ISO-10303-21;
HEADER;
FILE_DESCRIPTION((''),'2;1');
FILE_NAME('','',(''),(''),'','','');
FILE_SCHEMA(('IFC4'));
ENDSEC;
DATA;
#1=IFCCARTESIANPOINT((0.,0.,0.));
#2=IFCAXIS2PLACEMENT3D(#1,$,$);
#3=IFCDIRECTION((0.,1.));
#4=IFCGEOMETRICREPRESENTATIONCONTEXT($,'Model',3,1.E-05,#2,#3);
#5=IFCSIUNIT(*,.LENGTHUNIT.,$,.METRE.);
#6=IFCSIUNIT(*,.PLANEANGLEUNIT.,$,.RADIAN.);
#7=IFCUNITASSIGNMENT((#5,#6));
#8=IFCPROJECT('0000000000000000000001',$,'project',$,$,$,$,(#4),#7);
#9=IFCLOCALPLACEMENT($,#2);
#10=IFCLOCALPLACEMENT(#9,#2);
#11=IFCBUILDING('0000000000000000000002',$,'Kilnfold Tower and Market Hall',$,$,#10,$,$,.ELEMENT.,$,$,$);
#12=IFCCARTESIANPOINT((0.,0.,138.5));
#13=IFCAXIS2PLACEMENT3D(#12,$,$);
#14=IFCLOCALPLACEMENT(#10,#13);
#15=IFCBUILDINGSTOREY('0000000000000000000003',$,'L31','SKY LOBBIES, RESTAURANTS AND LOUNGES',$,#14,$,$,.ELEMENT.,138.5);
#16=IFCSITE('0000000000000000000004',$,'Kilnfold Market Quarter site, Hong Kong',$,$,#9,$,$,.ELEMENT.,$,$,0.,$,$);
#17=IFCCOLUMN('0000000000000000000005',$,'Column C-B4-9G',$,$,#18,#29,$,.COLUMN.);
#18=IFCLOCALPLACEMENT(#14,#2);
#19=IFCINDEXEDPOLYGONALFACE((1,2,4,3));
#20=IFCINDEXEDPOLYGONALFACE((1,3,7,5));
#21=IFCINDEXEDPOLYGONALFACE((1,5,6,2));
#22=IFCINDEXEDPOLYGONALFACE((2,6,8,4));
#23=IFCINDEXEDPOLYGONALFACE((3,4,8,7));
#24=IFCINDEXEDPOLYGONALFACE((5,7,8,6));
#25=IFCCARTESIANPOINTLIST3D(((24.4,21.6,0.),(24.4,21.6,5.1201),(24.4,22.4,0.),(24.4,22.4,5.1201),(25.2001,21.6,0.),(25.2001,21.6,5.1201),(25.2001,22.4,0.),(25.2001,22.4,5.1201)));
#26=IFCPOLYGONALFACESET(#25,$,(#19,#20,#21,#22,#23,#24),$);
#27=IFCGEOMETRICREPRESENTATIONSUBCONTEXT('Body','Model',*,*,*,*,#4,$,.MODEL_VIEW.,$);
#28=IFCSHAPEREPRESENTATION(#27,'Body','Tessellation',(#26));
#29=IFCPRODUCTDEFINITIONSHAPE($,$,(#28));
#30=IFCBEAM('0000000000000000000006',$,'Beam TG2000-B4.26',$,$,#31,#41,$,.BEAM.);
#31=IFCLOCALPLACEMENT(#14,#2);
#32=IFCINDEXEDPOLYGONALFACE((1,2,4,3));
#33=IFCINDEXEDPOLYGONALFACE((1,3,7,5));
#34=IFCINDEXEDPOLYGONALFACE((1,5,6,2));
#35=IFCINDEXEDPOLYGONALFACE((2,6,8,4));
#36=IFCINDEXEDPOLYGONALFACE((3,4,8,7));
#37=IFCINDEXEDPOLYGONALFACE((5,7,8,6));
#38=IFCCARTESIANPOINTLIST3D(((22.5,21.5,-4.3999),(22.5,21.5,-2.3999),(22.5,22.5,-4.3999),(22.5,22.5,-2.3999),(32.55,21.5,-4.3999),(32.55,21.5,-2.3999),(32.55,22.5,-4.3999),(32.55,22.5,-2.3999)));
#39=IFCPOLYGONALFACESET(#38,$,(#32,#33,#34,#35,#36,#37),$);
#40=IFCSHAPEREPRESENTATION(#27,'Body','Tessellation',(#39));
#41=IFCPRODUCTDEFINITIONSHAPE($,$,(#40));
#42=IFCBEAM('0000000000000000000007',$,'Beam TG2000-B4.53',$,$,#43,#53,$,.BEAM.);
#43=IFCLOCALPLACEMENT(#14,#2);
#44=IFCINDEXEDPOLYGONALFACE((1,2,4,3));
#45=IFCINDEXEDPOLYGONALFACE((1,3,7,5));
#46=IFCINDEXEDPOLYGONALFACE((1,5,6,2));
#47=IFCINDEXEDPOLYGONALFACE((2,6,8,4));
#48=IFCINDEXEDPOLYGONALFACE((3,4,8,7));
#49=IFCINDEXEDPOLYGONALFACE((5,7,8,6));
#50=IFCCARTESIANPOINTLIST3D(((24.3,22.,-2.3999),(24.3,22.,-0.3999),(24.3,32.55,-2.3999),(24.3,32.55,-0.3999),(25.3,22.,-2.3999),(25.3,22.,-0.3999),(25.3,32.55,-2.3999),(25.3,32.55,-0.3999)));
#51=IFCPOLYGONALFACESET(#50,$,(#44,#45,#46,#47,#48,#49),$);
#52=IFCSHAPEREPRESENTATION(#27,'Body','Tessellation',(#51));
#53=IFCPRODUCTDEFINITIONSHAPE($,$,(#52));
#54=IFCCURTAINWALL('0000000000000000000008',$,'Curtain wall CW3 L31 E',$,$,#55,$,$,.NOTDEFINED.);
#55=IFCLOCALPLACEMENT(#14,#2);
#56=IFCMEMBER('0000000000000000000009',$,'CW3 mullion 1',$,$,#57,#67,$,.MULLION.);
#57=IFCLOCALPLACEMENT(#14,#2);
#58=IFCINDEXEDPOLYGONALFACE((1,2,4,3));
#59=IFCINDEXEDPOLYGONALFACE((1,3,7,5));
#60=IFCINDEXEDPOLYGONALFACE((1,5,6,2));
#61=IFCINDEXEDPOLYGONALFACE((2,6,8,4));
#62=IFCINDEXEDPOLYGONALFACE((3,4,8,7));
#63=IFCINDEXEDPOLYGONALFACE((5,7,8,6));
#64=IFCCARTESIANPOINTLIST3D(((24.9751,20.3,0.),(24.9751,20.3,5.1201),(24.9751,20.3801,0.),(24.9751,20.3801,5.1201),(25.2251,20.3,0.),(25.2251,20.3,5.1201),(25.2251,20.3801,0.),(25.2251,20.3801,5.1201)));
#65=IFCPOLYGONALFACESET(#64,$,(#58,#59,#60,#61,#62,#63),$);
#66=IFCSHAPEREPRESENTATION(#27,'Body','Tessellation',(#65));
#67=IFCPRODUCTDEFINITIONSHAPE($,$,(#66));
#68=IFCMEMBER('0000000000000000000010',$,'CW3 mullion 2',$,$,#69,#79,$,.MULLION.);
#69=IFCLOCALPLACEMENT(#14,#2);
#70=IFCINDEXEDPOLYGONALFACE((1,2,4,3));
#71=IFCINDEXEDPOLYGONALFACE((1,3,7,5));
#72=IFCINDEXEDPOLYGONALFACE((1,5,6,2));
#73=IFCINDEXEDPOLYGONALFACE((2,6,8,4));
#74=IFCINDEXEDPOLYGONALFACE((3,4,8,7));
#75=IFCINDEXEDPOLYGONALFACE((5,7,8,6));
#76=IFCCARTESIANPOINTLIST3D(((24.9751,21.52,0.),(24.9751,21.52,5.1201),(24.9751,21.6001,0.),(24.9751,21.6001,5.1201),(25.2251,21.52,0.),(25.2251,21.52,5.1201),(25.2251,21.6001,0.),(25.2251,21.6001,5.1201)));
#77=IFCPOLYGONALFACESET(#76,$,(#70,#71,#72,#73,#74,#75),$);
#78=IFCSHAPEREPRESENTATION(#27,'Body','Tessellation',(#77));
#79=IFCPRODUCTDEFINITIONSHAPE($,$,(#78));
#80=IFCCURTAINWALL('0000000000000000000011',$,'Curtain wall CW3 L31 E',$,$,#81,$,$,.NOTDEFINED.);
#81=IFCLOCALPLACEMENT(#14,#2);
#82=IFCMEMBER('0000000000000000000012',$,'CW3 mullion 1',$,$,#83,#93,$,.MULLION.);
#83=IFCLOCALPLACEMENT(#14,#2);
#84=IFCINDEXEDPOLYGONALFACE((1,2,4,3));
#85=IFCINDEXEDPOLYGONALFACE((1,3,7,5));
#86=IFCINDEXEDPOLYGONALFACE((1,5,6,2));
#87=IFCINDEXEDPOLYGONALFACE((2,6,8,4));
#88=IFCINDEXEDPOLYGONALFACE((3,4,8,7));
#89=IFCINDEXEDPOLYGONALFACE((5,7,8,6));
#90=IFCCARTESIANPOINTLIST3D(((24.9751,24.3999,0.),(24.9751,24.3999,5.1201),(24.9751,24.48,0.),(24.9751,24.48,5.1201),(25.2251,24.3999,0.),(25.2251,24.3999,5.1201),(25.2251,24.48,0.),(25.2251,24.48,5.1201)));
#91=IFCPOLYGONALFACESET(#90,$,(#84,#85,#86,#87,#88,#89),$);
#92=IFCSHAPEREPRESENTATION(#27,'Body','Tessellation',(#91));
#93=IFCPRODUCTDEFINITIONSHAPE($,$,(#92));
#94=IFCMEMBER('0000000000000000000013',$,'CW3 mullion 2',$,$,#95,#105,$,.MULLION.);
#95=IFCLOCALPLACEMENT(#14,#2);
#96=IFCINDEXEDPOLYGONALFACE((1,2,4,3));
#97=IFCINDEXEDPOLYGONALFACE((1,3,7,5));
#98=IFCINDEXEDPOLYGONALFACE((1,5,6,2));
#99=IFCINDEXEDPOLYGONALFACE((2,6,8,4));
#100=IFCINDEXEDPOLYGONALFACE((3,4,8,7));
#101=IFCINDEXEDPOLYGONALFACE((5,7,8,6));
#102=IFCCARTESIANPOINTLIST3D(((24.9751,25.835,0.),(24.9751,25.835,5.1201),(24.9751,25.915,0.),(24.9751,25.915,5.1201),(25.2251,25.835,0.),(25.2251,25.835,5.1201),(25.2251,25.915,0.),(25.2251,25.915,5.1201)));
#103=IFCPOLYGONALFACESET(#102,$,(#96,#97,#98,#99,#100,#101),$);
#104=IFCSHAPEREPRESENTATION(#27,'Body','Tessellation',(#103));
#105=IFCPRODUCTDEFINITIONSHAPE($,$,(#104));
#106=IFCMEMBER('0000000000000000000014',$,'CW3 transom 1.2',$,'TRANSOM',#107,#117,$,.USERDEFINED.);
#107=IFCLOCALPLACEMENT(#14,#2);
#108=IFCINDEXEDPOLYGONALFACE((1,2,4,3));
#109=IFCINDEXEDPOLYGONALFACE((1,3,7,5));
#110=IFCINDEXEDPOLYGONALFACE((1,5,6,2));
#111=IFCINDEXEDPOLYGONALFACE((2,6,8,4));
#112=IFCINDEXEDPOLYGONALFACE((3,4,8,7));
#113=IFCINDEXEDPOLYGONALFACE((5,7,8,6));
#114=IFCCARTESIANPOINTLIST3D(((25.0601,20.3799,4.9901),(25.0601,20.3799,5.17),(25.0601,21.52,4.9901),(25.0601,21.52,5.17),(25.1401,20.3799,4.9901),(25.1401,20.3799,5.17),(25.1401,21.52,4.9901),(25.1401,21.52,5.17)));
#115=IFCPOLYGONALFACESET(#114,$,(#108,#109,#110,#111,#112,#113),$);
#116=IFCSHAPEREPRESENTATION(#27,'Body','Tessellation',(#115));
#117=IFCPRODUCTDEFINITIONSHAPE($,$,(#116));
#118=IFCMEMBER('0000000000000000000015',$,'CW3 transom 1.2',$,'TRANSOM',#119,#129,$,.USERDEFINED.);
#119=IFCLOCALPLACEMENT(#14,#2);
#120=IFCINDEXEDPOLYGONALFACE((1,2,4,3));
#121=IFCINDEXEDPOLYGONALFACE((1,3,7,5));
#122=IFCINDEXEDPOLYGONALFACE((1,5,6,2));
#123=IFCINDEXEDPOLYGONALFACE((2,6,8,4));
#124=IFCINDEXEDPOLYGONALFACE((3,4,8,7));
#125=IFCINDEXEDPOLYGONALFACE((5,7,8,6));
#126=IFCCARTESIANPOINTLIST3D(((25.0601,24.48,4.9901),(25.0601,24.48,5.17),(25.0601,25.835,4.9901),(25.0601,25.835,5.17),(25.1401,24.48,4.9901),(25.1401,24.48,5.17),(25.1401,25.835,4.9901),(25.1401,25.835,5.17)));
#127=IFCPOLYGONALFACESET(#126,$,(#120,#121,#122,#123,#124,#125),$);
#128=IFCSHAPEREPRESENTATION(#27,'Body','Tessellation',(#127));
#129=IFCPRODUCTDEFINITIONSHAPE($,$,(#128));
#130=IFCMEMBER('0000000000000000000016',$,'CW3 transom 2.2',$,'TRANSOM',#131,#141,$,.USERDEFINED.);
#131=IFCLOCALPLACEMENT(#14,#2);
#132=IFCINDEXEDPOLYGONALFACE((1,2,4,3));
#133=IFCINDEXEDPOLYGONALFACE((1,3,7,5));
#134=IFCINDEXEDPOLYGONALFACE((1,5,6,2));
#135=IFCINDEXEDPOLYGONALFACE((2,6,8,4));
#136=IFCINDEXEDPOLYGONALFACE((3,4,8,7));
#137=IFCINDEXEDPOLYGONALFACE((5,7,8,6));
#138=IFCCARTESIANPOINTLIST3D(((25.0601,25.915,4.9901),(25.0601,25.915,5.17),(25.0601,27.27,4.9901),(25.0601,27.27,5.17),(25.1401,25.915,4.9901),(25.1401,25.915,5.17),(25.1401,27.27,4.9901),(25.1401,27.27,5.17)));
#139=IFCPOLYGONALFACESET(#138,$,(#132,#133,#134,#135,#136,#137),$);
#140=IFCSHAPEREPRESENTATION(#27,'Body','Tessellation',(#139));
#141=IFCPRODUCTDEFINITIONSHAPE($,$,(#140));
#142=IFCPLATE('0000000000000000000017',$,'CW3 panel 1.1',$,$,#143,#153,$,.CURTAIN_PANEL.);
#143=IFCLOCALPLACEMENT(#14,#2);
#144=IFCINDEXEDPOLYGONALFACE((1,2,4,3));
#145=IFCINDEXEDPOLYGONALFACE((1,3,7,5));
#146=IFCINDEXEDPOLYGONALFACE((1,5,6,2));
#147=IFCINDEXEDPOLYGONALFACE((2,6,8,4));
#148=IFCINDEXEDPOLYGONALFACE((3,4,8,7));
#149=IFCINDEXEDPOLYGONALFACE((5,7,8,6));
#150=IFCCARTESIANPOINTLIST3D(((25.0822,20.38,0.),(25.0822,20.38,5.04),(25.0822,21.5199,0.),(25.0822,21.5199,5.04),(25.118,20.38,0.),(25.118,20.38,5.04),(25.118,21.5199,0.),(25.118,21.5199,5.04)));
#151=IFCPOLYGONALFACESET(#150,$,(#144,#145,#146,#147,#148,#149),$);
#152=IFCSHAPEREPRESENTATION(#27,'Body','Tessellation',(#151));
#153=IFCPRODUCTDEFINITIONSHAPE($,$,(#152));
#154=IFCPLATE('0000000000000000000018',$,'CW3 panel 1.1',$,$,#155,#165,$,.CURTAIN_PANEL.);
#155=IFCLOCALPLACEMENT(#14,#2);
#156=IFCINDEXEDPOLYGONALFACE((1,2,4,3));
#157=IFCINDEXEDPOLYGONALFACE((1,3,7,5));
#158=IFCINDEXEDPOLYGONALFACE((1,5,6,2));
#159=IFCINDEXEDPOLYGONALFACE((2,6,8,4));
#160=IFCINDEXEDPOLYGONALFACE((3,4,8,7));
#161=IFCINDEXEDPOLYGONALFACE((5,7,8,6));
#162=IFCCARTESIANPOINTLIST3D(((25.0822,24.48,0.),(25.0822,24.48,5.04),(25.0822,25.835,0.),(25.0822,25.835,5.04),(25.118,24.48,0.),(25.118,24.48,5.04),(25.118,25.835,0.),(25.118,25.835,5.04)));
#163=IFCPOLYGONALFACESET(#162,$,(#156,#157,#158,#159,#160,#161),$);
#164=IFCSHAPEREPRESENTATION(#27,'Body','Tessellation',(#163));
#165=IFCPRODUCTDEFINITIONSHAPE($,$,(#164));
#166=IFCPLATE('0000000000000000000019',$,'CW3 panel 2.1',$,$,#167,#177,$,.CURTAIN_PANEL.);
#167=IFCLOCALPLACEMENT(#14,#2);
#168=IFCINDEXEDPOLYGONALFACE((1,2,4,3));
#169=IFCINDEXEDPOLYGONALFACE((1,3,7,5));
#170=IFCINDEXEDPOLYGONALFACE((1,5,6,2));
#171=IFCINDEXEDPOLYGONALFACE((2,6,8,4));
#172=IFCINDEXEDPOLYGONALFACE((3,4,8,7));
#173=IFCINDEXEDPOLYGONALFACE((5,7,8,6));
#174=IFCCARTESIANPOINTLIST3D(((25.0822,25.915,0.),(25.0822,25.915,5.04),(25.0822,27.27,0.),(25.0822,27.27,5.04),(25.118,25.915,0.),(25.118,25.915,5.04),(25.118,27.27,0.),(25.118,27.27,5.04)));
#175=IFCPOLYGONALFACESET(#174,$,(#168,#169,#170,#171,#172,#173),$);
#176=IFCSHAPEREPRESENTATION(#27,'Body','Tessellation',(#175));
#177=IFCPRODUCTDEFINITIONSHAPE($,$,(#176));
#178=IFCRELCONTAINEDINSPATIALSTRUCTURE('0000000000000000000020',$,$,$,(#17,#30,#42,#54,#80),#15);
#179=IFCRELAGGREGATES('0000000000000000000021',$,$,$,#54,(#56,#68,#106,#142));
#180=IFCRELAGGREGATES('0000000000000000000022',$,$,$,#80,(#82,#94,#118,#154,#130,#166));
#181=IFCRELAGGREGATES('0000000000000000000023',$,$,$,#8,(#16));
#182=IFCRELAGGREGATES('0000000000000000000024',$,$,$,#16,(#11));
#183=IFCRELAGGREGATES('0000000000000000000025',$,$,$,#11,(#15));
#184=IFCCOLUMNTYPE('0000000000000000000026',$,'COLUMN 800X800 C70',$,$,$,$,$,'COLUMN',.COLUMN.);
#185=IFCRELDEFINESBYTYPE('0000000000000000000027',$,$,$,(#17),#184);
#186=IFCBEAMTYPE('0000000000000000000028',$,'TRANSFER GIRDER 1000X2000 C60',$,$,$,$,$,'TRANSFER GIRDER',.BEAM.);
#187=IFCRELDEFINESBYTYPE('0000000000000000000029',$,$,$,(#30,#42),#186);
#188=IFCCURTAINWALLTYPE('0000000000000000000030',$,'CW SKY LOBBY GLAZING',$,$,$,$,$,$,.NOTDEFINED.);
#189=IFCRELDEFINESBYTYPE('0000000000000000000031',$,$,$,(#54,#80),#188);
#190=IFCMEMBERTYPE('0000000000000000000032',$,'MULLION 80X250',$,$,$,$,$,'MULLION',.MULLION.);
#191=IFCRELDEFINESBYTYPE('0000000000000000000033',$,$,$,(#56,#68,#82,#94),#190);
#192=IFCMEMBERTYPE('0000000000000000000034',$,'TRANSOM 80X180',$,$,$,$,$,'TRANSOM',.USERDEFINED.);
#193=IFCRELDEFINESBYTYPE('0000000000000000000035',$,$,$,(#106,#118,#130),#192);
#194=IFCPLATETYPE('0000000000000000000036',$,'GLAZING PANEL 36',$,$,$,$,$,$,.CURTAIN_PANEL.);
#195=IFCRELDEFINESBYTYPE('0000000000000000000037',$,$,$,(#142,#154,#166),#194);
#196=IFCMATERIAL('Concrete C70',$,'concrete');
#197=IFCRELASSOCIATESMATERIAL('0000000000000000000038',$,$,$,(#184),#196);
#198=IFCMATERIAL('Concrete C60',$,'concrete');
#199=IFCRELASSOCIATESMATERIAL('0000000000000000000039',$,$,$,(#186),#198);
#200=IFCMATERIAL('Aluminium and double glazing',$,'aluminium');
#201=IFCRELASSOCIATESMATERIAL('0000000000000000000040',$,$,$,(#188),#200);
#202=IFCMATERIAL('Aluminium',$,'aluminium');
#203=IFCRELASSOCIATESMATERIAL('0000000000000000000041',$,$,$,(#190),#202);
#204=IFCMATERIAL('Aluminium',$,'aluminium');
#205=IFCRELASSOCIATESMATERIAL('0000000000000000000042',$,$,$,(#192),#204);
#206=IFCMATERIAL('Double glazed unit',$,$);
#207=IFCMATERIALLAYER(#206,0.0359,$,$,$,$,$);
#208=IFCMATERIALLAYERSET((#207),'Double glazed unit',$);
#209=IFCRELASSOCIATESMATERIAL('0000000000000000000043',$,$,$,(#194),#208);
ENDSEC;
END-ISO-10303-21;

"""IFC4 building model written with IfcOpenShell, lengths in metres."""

from ifc_helpers import new_model, si_unit, direction, frame, origin, origin_2d, place, context, subcontext, project, spatial, rectangle, extrude, source, transform, mapped, material, layer, layer_set, material_profile, profile_set, type_object, element, aggregate, save


model = new_model("IFC4")

# Units and contexts
model_context = context("Model", 3, precision=1e-05, world=origin(), true_north=direction((0.0, 1.0)))
body_context = subcontext(model_context, "Body", "Model", "MODEL_VIEW")
ifc_project = project(units=[si_unit("LENGTHUNIT", "METRE"), si_unit("PLANEANGLEUNIT", "RADIAN")], contexts=[model_context])

# Site, building, storey
site_placement = place(None, origin())
site = spatial("IfcSite", under=ifc_project, at=site_placement, Name="Kilnfold Market Quarter site, Hong Kong", CompositionType="ELEMENT", RefElevation=0.0)
building_placement = place(site_placement, origin())
building = spatial("IfcBuilding", under=site, at=building_placement, Name="Kilnfold Tower and Market Hall", CompositionType="ELEMENT")
storey_placement = place(building_placement, frame((0.0, 0.0, 138.5)))
storey = spatial("IfcBuildingStorey", under=building, at=storey_placement, Name="L31", Description="SKY LOBBIES, RESTAURANTS AND LOUNGES", CompositionType="ELEMENT", Elevation=138.5)

# Column
ifc_material_1 = material(Name="Concrete C70", Category="concrete")
ifc_material_profile_1 = material_profile(ifc_material_1, rectangle(XDim=0.8, YDim=0.8, at=origin_2d()), Name="RC 800x800")
ifc_profile_set_1 = profile_set([ifc_material_profile_1], Name="Concrete C70")
column_type = type_object("IfcColumnType", Name="COLUMN 800X800 C70", ElementType="COLUMN", PredefinedType="COLUMN", material=ifc_profile_set_1)
shared_shape_1 = source(origin(), body_context, "Body", "SweptSolid", [
    extrude(rectangle(XDim=0.8, YDim=0.8, at=origin_2d()), origin(), (0.0, 0.0, 1.0), 5.1201),
])
column_placement = place(storey_placement, frame((24.8, 22.0, 0.0), z_axis=(0.0, 0.0, 1.0), x_axis=(1.0, 0.0, 0.0)))
element("IfcColumn", 1, at=column_placement, inside=storey, type_object=column_type, Name="Column C-B4-9G", PredefinedType="COLUMN", context=body_context, shape_type="MappedRepresentation", body=[
    mapped(shared_shape_1, transform((0.0, 0.0, 0.0))),
])

# Beams
ifc_material_2 = material(Name="Concrete C60", Category="concrete")
ifc_material_profile_2 = material_profile(ifc_material_2, rectangle(XDim=1.0, YDim=2.0, at=origin_2d()), Name="RC 1000x2000")
ifc_profile_set_2 = profile_set([ifc_material_profile_2], Name="Concrete C60")
beam_type = type_object("IfcBeamType", Name="TRANSFER GIRDER 1000X2000 C60", ElementType="TRANSFER GIRDER", PredefinedType="BEAM", material=ifc_profile_set_2)
shared_shape_2 = source(origin(), body_context, "Body", "SweptSolid", [
    extrude(rectangle(XDim=1.0, YDim=2.0, at=origin_2d()), origin(), (0.0, 0.0, 1.0), 10.05),
])
beam_1_placement = place(storey_placement, frame((22.5, 22.0, -3.3999), z_axis=(1.0, 0.0, 0.0), x_axis=(0.0, 1.0, 0.0)))
element("IfcBeam", 2, at=beam_1_placement, inside=storey, type_object=beam_type, Name="Beam TG2000-B4.26", PredefinedType="BEAM", context=body_context, shape_type="MappedRepresentation", body=[
    mapped(shared_shape_2, transform((0.0, 0.0, 0.0))),
])
shared_shape_3 = source(origin(), body_context, "Body", "SweptSolid", [
    extrude(rectangle(XDim=1.0, YDim=2.0, at=origin_2d()), origin(), (0.0, 0.0, 1.0), 10.55),
])
beam_2_placement = place(storey_placement, frame((24.8, 22.0, -1.3999), z_axis=(0.0, 1.0, 0.0), x_axis=(-1.0, 0.0, 0.0)))
element("IfcBeam", 3, at=beam_2_placement, inside=storey, type_object=beam_type, Name="Beam TG2000-B4.53", PredefinedType="BEAM", context=body_context, shape_type="MappedRepresentation", body=[
    mapped(shared_shape_3, transform((0.0, 0.0, 0.0))),
])

# Curtain walls, members
ifc_material_3 = material(Name="Aluminium and double glazing", Category="aluminium")
curtain_wall_type = type_object("IfcCurtainWallType", Name="CW SKY LOBBY GLAZING", PredefinedType="NOTDEFINED", material=ifc_material_3)
curtain_wall_1_placement = place(storey_placement, origin())
curtain_wall_1 = element("IfcCurtainWall", 4, at=curtain_wall_1_placement, inside=storey, type_object=curtain_wall_type, Name="Curtain wall CW3 L31 E", PredefinedType="NOTDEFINED")
ifc_material_4 = material(Name="Aluminium", Category="aluminium")
ifc_material_profile_3 = material_profile(ifc_material_4, rectangle(XDim=0.0801, YDim=0.25, at=origin_2d()), Name="MULLION 80x250")
ifc_profile_set_3 = profile_set([ifc_material_profile_3], Name="Aluminium")
member_type_1 = type_object("IfcMemberType", Name="MULLION 80X250", ElementType="MULLION", PredefinedType="MULLION", material=ifc_profile_set_3)
shared_shape_4 = source(origin(), body_context, "Body", "SweptSolid", [
    extrude(rectangle(XDim=0.0801, YDim=0.25, at=origin_2d()), origin(), (0.0, 0.0, 1.0), 5.1201),
])
member_1_placement = place(storey_placement, frame((25.1001, 20.3401, 0.0), z_axis=(0.0, 0.0, 1.0), x_axis=(0.0, 1.0, 0.0)))
member_1 = element("IfcMember", 5, at=member_1_placement, type_object=member_type_1, Name="CW3 mullion 1", PredefinedType="MULLION", context=body_context, shape_type="MappedRepresentation", body=[
    mapped(shared_shape_4, transform((0.0, 0.0, 0.0))),
])
member_2_placement = place(storey_placement, frame((25.1001, 21.5601, 0.0), z_axis=(0.0, 0.0, 1.0), x_axis=(0.0, 1.0, 0.0)))
member_2 = element("IfcMember", 6, at=member_2_placement, type_object=member_type_1, Name="CW3 mullion 2", PredefinedType="MULLION", context=body_context, shape_type="MappedRepresentation", body=[
    mapped(shared_shape_4, transform((0.0, 0.0, 0.0))),
])
curtain_wall_2_placement = place(storey_placement, origin())
curtain_wall_2 = element("IfcCurtainWall", 7, at=curtain_wall_2_placement, inside=storey, type_object=curtain_wall_type, Name="Curtain wall CW3 L31 E", PredefinedType="NOTDEFINED")
member_3_placement = place(storey_placement, frame((25.1001, 24.4399, 0.0), z_axis=(0.0, 0.0, 1.0), x_axis=(0.0, 1.0, 0.0)))
member_3 = element("IfcMember", 8, at=member_3_placement, type_object=member_type_1, Name="CW3 mullion 1", PredefinedType="MULLION", context=body_context, shape_type="MappedRepresentation", body=[
    mapped(shared_shape_4, transform((0.0, 0.0, 0.0))),
])
member_4_placement = place(storey_placement, frame((25.1001, 25.875, 0.0), z_axis=(0.0, 0.0, 1.0), x_axis=(0.0, 1.0, 0.0)))
member_4 = element("IfcMember", 9, at=member_4_placement, type_object=member_type_1, Name="CW3 mullion 2", PredefinedType="MULLION", context=body_context, shape_type="MappedRepresentation", body=[
    mapped(shared_shape_4, transform((0.0, 0.0, 0.0))),
])

# Members
ifc_material_5 = material(Name="Aluminium", Category="aluminium")
ifc_material_profile_4 = material_profile(ifc_material_5, rectangle(XDim=0.0801, YDim=0.1799, at=origin_2d()), Name="TRANSOM 80x180")
ifc_profile_set_4 = profile_set([ifc_material_profile_4], Name="Aluminium")
member_type_2 = type_object("IfcMemberType", Name="TRANSOM 80X180", ElementType="TRANSOM", PredefinedType="USERDEFINED", material=ifc_profile_set_4)
shared_shape_5 = source(origin(), body_context, "Body", "SweptSolid", [
    extrude(rectangle(XDim=0.0801, YDim=0.1799, at=origin_2d()), origin(), (0.0, 0.0, 1.0), 1.1401),
])
member_5_placement = place(storey_placement, frame((25.1001, 20.3799, 5.0801), z_axis=(0.0, 1.0, 0.0), x_axis=(-1.0, 0.0, 0.0)))
member_5 = element("IfcMember", 10, at=member_5_placement, type_object=member_type_2, Name="CW3 transom 1.2", ObjectType="TRANSOM", PredefinedType="USERDEFINED", context=body_context, shape_type="MappedRepresentation", body=[
    mapped(shared_shape_5, transform((0.0, 0.0, 0.0))),
])
shared_shape_6 = source(origin(), body_context, "Body", "SweptSolid", [
    extrude(rectangle(XDim=0.0801, YDim=0.1799, at=origin_2d()), origin(), (0.0, 0.0, 1.0), 1.355),
])
member_6_placement = place(storey_placement, frame((25.1001, 24.48, 5.0801), z_axis=(0.0, 1.0, 0.0), x_axis=(-1.0, 0.0, 0.0)))
member_6 = element("IfcMember", 11, at=member_6_placement, type_object=member_type_2, Name="CW3 transom 1.2", ObjectType="TRANSOM", PredefinedType="USERDEFINED", context=body_context, shape_type="MappedRepresentation", body=[
    mapped(shared_shape_6, transform((0.0, 0.0, 0.0))),
])
member_7_placement = place(storey_placement, frame((25.1001, 25.915, 5.0801), z_axis=(0.0, 1.0, 0.0), x_axis=(-1.0, 0.0, 0.0)))
member_7 = element("IfcMember", 12, at=member_7_placement, type_object=member_type_2, Name="CW3 transom 2.2", ObjectType="TRANSOM", PredefinedType="USERDEFINED", context=body_context, shape_type="MappedRepresentation", body=[
    mapped(shared_shape_6, transform((0.0, 0.0, 0.0))),
])

# Plates
ifc_material_6 = material(Name="Double glazed unit")
ifc_layer_1 = layer(ifc_material_6, 0.0359)
ifc_layer_set_1 = layer_set([ifc_layer_1], Name="Double glazed unit")
plate_type = type_object("IfcPlateType", Name="GLAZING PANEL 36", PredefinedType="CURTAIN_PANEL", material=ifc_layer_set_1)
shared_shape_7 = source(origin(), body_context, "Body", "SweptSolid", [
    extrude(rectangle(XDim=1.1399, YDim=0.0359, at=origin_2d()), origin(), (0.0, 0.0, 1.0), 5.04),
])
plate_1_placement = place(storey_placement, frame((25.1001, 20.95, 0.0), z_axis=(0.0, 0.0, 1.0), x_axis=(0.0, 1.0, 0.0)))
plate_1 = element("IfcPlate", 13, at=plate_1_placement, type_object=plate_type, Name="CW3 panel 1.1", PredefinedType="CURTAIN_PANEL", context=body_context, shape_type="MappedRepresentation", body=[
    mapped(shared_shape_7, transform((0.0, 0.0, 0.0))),
])
aggregate(curtain_wall_1, [member_1, member_2, member_5, plate_1])
shared_shape_8 = source(origin(), body_context, "Body", "SweptSolid", [
    extrude(rectangle(XDim=1.355, YDim=0.0359, at=origin_2d()), origin(), (0.0, 0.0, 1.0), 5.04),
])
plate_2_placement = place(storey_placement, frame((25.1001, 25.1575, 0.0), z_axis=(0.0, 0.0, 1.0), x_axis=(0.0, 1.0, 0.0)))
plate_2 = element("IfcPlate", 14, at=plate_2_placement, type_object=plate_type, Name="CW3 panel 1.1", PredefinedType="CURTAIN_PANEL", context=body_context, shape_type="MappedRepresentation", body=[
    mapped(shared_shape_8, transform((0.0, 0.0, 0.0))),
])
plate_3_placement = place(storey_placement, frame((25.1001, 26.5925, 0.0), z_axis=(0.0, 0.0, 1.0), x_axis=(0.0, 1.0, 0.0)))
plate_3 = element("IfcPlate", 15, at=plate_3_placement, type_object=plate_type, Name="CW3 panel 2.1", PredefinedType="CURTAIN_PANEL", context=body_context, shape_type="MappedRepresentation", body=[
    mapped(shared_shape_8, transform((0.0, 0.0, 0.0))),
])
aggregate(curtain_wall_2, [member_3, member_4, member_6, plate_2, member_7, plate_3])

save(model, "model.ifc")
